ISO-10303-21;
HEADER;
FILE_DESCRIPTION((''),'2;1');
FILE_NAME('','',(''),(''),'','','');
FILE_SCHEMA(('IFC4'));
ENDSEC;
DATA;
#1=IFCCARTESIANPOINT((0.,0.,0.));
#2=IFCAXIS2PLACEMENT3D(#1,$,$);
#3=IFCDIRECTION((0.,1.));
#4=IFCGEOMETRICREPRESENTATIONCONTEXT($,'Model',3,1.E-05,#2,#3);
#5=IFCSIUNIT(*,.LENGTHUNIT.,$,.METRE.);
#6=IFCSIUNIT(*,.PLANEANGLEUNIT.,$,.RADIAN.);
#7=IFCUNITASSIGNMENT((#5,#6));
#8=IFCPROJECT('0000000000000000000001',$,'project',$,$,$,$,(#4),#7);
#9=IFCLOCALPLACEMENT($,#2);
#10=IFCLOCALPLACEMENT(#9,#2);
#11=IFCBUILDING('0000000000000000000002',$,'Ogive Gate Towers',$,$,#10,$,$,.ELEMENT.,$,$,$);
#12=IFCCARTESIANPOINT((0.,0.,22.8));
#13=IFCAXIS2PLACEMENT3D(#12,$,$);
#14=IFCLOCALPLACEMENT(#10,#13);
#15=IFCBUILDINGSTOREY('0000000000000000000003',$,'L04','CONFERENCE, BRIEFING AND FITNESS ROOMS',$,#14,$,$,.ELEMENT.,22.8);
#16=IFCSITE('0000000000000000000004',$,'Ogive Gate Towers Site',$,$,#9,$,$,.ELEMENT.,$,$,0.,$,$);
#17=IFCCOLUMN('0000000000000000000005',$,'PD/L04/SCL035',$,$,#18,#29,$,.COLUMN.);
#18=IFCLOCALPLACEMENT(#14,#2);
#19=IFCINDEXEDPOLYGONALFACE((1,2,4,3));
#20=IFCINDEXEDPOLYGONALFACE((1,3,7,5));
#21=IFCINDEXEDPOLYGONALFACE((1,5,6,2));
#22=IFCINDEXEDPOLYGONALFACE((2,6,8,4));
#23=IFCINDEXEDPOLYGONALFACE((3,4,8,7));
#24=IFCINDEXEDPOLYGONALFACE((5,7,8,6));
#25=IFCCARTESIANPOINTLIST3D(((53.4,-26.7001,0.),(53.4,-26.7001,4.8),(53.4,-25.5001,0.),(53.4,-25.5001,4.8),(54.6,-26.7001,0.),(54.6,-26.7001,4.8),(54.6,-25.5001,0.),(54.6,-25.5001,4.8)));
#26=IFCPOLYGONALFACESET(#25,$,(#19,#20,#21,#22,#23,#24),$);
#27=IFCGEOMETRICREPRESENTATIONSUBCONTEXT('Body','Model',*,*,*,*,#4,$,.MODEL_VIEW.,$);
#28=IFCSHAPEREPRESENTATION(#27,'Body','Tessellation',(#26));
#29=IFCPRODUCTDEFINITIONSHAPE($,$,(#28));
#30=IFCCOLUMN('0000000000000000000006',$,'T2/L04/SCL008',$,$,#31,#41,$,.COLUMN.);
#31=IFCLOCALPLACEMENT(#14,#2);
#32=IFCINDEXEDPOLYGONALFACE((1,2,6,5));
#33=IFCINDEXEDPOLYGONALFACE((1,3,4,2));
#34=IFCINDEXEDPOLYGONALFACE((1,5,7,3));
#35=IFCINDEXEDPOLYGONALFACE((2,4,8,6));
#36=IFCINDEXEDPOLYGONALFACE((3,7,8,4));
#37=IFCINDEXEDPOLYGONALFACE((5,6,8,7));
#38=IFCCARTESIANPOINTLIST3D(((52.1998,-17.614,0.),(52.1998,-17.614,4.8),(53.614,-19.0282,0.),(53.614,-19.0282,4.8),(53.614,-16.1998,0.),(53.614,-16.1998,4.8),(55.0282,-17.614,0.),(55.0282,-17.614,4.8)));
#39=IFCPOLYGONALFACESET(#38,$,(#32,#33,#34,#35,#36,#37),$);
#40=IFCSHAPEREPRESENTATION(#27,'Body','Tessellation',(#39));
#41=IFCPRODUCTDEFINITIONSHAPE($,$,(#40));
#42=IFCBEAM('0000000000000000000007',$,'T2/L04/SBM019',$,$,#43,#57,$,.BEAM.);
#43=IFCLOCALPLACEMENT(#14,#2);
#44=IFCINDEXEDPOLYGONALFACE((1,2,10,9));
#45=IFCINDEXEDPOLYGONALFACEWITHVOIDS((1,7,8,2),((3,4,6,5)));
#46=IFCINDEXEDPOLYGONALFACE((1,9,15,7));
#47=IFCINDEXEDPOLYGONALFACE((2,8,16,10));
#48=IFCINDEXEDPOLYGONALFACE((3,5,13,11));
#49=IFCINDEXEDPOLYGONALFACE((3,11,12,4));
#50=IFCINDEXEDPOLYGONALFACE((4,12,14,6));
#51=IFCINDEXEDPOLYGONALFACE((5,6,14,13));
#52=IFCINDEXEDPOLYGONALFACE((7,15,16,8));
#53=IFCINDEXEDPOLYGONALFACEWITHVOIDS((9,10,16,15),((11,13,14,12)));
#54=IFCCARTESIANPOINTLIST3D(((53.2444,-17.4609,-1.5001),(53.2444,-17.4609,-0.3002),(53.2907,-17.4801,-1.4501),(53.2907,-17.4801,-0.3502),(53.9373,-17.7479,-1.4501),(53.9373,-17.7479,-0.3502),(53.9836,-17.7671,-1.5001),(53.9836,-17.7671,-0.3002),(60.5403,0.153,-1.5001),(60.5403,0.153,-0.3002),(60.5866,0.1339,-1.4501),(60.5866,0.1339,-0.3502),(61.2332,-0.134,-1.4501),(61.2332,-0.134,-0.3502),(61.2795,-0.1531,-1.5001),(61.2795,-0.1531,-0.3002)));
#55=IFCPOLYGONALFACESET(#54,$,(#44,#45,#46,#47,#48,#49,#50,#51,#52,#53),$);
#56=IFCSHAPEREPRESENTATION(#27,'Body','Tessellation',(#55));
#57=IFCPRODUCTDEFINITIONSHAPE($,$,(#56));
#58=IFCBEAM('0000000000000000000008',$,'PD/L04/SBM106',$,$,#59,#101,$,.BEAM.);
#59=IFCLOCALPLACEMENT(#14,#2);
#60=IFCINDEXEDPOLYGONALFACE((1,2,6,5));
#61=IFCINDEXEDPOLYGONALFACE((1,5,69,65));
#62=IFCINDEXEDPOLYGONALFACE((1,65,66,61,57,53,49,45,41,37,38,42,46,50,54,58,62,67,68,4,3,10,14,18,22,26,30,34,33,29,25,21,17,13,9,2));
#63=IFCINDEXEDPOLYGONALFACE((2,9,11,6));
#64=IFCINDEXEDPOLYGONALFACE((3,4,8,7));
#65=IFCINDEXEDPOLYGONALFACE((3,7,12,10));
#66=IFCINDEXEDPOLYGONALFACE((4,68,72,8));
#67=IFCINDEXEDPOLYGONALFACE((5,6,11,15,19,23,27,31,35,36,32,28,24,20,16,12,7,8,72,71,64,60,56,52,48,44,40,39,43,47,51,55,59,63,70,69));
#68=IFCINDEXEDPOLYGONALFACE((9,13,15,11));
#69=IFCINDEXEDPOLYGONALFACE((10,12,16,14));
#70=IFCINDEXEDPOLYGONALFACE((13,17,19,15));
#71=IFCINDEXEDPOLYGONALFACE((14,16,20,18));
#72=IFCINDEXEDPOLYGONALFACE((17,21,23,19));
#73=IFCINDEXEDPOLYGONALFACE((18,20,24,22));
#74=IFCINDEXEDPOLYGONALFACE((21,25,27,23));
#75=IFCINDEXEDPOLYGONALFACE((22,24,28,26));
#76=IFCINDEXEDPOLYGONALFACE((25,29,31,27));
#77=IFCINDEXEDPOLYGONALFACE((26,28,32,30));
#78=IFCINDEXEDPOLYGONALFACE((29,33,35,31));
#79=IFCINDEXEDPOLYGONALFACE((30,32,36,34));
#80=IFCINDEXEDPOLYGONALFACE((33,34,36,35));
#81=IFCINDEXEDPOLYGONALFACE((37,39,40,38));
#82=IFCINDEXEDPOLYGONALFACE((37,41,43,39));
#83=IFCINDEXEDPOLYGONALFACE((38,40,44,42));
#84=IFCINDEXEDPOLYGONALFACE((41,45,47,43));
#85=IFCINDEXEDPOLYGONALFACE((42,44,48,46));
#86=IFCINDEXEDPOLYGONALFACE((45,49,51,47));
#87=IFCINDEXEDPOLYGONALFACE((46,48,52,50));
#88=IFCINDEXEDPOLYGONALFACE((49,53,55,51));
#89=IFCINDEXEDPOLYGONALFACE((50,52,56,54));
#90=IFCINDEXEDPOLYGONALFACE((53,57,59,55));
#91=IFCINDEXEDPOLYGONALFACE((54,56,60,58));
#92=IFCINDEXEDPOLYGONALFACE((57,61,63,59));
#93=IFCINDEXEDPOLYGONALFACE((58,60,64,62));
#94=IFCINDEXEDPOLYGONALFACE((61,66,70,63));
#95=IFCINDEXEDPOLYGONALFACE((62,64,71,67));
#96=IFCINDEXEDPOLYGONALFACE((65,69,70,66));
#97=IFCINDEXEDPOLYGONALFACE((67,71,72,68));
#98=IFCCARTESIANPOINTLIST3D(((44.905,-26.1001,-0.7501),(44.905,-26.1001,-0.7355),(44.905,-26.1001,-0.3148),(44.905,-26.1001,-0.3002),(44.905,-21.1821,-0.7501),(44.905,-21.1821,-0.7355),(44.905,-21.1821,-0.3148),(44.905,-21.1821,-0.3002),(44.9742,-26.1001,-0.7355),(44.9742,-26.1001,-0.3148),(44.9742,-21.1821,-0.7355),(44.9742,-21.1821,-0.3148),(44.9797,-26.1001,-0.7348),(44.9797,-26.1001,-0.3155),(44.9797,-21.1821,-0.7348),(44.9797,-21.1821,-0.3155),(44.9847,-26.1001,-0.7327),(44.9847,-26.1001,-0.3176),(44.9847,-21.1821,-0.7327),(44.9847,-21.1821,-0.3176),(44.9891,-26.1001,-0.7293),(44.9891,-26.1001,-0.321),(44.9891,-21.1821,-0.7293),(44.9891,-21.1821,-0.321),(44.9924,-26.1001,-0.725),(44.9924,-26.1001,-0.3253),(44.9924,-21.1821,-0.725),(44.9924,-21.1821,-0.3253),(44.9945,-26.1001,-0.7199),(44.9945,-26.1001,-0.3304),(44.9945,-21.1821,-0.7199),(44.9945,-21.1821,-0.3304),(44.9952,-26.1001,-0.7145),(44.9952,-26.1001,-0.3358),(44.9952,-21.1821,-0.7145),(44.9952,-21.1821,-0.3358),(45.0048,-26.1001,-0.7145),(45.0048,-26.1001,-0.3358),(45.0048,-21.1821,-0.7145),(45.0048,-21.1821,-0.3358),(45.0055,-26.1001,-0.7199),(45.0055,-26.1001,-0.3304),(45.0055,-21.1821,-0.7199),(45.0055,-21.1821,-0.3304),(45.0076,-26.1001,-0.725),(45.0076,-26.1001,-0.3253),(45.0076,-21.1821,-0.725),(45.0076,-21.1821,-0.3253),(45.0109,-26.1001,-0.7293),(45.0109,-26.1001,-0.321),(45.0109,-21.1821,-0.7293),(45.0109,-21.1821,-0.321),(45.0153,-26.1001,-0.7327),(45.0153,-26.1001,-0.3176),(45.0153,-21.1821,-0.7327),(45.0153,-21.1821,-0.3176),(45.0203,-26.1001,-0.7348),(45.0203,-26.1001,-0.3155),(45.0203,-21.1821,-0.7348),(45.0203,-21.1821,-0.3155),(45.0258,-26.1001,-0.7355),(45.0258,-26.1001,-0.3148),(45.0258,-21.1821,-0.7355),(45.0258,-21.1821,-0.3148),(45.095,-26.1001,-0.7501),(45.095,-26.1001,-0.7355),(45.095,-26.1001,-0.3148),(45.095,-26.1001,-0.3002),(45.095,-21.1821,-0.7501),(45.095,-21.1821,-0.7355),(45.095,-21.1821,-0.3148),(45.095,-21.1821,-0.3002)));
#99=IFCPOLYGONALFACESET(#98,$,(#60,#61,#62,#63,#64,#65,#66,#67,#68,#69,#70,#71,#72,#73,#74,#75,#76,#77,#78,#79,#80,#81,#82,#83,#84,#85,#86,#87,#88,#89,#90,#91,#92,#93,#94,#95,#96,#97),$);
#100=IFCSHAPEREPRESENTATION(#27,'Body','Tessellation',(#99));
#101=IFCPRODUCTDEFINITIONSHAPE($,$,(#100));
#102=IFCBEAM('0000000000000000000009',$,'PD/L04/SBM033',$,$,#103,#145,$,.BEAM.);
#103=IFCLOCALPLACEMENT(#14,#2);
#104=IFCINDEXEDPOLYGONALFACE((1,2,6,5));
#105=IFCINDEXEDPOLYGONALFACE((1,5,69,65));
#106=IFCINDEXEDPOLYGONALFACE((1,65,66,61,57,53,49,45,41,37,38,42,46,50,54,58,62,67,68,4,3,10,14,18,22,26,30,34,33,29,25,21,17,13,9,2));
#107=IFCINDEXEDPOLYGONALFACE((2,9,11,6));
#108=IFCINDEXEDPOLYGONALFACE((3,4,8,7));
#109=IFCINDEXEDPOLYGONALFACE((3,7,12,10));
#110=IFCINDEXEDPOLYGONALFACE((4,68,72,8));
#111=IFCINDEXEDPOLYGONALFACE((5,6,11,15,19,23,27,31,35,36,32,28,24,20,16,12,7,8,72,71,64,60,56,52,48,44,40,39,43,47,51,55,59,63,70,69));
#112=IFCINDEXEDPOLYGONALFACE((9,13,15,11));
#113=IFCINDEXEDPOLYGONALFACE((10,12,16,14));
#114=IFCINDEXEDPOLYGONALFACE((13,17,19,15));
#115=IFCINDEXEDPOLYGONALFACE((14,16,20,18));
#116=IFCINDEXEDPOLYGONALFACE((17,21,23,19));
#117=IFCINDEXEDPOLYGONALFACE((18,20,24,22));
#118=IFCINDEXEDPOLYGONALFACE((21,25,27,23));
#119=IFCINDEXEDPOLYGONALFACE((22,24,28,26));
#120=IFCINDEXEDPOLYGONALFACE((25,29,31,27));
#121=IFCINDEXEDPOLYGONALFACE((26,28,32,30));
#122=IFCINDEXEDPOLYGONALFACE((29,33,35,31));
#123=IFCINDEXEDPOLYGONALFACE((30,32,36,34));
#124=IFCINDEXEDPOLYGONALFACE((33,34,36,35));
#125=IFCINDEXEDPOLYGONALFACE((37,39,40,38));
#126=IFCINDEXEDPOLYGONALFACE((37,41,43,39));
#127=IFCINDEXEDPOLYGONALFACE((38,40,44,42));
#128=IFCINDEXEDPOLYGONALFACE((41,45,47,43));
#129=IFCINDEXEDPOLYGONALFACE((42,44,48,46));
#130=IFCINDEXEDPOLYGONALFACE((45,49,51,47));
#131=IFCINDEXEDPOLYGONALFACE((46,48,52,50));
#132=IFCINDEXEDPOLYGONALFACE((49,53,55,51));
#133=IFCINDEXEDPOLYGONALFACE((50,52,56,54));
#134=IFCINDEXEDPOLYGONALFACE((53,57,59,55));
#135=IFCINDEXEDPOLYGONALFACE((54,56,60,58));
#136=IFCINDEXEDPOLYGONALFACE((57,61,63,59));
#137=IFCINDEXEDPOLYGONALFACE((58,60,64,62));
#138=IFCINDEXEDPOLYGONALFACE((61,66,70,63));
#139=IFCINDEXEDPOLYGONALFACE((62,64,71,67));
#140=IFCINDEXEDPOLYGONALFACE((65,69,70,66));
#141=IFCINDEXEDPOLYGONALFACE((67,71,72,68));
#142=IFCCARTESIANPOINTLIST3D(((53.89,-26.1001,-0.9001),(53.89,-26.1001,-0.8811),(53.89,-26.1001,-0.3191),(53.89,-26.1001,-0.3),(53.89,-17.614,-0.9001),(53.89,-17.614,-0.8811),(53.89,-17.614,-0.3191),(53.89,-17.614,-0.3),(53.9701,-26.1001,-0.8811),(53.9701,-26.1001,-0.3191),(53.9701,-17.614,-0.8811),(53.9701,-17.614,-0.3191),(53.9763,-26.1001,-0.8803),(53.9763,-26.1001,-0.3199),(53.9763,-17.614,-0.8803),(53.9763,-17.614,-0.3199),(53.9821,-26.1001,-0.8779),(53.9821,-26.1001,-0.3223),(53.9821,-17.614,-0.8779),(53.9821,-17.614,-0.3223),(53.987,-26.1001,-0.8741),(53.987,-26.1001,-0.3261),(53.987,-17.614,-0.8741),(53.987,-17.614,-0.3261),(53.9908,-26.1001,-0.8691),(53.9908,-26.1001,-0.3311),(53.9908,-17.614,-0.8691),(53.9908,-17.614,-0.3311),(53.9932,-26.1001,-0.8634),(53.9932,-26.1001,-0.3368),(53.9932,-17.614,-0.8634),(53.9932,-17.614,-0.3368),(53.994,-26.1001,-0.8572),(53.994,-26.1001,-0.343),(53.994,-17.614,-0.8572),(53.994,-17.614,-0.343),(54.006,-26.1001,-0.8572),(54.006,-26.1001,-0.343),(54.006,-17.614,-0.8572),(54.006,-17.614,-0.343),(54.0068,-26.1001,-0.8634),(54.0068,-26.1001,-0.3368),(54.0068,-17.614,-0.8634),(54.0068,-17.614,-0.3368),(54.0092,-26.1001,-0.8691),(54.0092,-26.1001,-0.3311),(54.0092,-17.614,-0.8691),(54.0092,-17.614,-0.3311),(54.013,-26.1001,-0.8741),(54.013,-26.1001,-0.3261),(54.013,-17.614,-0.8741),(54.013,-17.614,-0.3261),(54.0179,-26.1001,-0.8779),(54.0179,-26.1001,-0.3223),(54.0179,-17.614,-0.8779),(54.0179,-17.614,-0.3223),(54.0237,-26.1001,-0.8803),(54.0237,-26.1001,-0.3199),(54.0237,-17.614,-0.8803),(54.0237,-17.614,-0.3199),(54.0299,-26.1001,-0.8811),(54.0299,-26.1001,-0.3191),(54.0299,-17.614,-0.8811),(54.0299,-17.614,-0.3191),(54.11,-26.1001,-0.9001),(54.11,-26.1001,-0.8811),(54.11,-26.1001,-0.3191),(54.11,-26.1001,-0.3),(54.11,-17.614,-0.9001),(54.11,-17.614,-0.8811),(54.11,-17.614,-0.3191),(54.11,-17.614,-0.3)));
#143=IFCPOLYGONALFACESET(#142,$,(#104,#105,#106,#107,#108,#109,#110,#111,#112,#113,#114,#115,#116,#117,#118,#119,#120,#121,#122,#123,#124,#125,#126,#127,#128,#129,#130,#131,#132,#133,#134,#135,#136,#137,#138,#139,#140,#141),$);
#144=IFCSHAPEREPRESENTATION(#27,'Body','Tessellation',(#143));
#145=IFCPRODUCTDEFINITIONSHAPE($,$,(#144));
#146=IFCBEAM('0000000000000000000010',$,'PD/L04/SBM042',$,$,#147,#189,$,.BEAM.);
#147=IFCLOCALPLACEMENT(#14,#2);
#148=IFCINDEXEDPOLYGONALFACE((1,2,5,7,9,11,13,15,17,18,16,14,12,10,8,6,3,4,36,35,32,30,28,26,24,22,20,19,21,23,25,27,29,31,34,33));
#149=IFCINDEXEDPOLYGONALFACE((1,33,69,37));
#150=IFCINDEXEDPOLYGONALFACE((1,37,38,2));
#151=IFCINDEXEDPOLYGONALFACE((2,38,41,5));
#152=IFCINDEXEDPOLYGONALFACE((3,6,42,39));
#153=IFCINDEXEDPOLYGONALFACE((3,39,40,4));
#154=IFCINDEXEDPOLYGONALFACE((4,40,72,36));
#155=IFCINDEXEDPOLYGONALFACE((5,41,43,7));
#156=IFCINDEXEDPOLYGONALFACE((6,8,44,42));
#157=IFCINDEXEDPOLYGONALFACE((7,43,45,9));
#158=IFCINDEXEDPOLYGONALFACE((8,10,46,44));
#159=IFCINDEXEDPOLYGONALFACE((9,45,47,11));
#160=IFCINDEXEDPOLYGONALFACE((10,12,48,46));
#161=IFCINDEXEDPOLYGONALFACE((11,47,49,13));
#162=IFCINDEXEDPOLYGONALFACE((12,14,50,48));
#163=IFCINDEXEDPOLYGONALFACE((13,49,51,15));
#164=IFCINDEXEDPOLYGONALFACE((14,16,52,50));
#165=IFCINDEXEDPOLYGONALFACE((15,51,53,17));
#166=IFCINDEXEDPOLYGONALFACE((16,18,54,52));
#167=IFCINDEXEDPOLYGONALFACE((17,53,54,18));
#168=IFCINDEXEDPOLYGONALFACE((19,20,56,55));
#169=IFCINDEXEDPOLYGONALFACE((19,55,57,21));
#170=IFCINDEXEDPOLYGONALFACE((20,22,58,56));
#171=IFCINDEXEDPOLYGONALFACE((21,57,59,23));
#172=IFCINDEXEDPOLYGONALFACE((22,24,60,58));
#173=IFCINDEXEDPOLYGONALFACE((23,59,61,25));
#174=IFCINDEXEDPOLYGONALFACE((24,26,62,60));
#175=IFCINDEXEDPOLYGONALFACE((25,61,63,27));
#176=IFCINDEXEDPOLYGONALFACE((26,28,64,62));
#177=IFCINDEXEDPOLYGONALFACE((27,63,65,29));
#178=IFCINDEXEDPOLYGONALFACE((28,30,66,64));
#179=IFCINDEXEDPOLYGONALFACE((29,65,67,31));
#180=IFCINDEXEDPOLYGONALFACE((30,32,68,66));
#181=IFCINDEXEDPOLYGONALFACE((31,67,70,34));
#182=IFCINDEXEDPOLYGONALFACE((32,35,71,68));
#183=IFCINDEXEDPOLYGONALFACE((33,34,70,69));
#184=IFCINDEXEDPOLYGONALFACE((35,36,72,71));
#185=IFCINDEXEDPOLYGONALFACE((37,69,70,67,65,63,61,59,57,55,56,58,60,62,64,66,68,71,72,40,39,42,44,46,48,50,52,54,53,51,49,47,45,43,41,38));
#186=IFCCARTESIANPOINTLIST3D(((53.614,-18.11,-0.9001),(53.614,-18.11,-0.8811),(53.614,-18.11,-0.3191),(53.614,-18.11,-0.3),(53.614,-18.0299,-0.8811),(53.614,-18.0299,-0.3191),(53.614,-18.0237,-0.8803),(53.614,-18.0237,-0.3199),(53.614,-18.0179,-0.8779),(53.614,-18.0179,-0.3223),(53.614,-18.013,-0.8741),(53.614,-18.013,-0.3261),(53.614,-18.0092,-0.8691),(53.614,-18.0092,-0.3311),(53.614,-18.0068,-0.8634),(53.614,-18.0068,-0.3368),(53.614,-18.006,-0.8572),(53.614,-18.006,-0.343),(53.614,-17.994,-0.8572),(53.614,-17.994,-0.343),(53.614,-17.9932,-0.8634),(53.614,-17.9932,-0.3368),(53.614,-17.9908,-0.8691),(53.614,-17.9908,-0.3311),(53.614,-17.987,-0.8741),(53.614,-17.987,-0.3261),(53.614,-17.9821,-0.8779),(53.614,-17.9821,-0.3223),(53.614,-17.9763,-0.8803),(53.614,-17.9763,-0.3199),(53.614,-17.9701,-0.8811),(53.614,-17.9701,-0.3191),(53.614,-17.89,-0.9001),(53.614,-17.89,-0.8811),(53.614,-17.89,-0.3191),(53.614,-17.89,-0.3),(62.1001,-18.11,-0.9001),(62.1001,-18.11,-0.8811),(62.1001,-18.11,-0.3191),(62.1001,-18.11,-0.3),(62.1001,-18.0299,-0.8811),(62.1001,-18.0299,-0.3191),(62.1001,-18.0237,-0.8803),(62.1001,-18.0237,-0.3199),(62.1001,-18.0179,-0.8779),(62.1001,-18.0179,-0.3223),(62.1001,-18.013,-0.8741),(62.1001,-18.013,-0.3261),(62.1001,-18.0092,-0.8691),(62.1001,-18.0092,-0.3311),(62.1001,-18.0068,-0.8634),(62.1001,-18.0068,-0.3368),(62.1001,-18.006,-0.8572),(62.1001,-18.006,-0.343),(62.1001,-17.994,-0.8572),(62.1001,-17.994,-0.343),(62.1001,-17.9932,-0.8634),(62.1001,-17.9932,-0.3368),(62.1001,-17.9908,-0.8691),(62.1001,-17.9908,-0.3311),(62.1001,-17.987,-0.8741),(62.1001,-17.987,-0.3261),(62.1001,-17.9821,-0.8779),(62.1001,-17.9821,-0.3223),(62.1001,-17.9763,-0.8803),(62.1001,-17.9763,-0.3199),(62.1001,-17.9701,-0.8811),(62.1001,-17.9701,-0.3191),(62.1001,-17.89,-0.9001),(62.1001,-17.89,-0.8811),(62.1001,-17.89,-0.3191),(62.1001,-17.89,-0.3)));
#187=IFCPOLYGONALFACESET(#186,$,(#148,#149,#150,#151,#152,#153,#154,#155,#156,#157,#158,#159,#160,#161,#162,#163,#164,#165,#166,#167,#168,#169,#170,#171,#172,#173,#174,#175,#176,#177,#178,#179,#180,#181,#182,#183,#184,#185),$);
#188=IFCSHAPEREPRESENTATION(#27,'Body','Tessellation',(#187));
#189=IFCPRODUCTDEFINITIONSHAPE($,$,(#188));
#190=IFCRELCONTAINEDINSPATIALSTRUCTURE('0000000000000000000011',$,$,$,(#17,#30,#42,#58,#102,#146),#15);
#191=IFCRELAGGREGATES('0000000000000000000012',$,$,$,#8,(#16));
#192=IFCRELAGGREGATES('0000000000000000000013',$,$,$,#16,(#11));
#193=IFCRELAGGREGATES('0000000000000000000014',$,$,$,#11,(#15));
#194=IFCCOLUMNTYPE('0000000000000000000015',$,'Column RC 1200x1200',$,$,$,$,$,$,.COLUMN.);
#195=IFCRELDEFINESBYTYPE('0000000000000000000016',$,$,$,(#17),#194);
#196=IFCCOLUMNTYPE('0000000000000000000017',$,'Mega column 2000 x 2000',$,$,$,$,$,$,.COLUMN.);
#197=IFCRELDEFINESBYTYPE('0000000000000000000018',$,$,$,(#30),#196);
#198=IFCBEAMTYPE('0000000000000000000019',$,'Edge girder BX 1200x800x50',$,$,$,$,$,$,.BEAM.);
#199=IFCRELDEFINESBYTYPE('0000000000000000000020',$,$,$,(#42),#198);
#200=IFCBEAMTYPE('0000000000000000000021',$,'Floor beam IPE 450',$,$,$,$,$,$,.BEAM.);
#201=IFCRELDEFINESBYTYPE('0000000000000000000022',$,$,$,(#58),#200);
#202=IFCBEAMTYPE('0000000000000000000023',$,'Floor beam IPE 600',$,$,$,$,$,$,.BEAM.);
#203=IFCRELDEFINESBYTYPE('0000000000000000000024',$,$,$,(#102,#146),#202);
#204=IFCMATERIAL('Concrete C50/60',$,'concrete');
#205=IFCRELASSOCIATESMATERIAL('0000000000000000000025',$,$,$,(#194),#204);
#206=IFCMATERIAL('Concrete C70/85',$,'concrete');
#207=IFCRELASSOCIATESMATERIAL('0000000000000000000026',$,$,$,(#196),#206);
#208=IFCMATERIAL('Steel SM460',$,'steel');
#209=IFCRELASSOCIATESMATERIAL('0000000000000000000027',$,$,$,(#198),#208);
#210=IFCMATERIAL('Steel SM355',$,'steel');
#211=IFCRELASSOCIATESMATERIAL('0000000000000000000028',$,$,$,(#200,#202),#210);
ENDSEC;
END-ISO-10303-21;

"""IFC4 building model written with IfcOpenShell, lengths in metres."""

from ifc_helpers import new_model, si_unit, direction, frame, origin, origin_2d, place, context, subcontext, project, spatial, rectangle, hollow_rectangle, i_section, extrude, material, material_profile, profile_set, type_object, element, save


model = new_model("IFC4")

# Units and contexts
model_context = context("Model", 3, precision=1e-05, world=origin(), true_north=direction((0.0, 1.0)))
body_context = subcontext(model_context, "Body", "Model", "MODEL_VIEW")
ifc_project = project(units=[si_unit("LENGTHUNIT", "METRE"), si_unit("PLANEANGLEUNIT", "RADIAN")], contexts=[model_context])

# Site, building, storey
site_placement = place(None, origin())
site = spatial("IfcSite", under=ifc_project, at=site_placement, Name="Ogive Gate Towers Site", CompositionType="ELEMENT", RefElevation=0.0)
building_placement = place(site_placement, origin())
building = spatial("IfcBuilding", under=site, at=building_placement, Name="Ogive Gate Towers", CompositionType="ELEMENT")
storey_placement = place(building_placement, frame((0.0, 0.0, 22.8)))
storey = spatial("IfcBuildingStorey", under=building, at=storey_placement, Name="L04", Description="CONFERENCE, BRIEFING AND FITNESS ROOMS", CompositionType="ELEMENT", Elevation=22.8)

# Columns
ifc_material_1 = material(Name="Concrete C50/60", Category="concrete")
ifc_material_profile_1 = material_profile(ifc_material_1, rectangle(XDim=1.2, YDim=1.2, at=origin_2d()), Name="RC 1200x1200")
ifc_profile_set_1 = profile_set([ifc_material_profile_1], Name="Concrete C50/60")
column_type_1 = type_object("IfcColumnType", Name="Column RC 1200x1200", PredefinedType="COLUMN", material=ifc_profile_set_1)
column_1_placement = place(storey_placement, frame((54.0, -26.1001, 0.0), z_axis=(0.0, 0.0, 1.0), x_axis=(1.0, 0.0, 0.0)))
element("IfcColumn", 1, at=column_1_placement, inside=storey, type_object=column_type_1, Name="PD/L04/SCL035", PredefinedType="COLUMN", context=body_context, shape_type="SweptSolid", body=[
    extrude(rectangle(XDim=1.2, YDim=1.2, at=origin_2d()), origin(), (0.0, 0.0, 1.0), 4.8),
])
ifc_material_2 = material(Name="Concrete C70/85", Category="concrete")
ifc_material_profile_2 = material_profile(ifc_material_2, rectangle(XDim=2.0, YDim=2.0, at=origin_2d()), Name="RC 2000x2000")
ifc_profile_set_2 = profile_set([ifc_material_profile_2], Name="Concrete C70/85")
column_type_2 = type_object("IfcColumnType", Name="Mega column 2000 x 2000", PredefinedType="COLUMN", material=ifc_profile_set_2)
column_2_placement = place(storey_placement, frame((53.614, -17.614, 0.0), z_axis=(0.0, 0.0, 1.0), x_axis=(0.707107, -0.707107, 0.0)))
element("IfcColumn", 2, at=column_2_placement, inside=storey, type_object=column_type_2, Name="T2/L04/SCL008", PredefinedType="COLUMN", context=body_context, shape_type="SweptSolid", body=[
    extrude(rectangle(XDim=2.0, YDim=2.0, at=origin_2d()), origin(), (0.0, 0.0, 1.0), 4.8),
])

# Beams
ifc_material_3 = material(Name="Steel SM460", Category="steel")
ifc_material_profile_3 = material_profile(ifc_material_3, hollow_rectangle(XDim=0.8, YDim=1.2, WallThickness=0.05, at=origin_2d()), Name="BX 1200x800x50")
ifc_profile_set_3 = profile_set([ifc_material_profile_3], Name="Steel SM460")
beam_type_1 = type_object("IfcBeamType", Name="Edge girder BX 1200x800x50", PredefinedType="BEAM", material=ifc_profile_set_3)
beam_1_placement = place(storey_placement, frame((53.614, -17.614, -0.9001), z_axis=(0.382681, 0.923881, 0.0), x_axis=(-0.923881, 0.382681, 0.0)))
element("IfcBeam", 3, at=beam_1_placement, inside=storey, type_object=beam_type_1, Name="T2/L04/SBM019", PredefinedType="BEAM", context=body_context, shape_type="SweptSolid", body=[
    extrude(hollow_rectangle(XDim=0.8, YDim=1.2, WallThickness=0.05, at=origin_2d()), origin(), (0.0, 0.0, 1.0), 19.0652),
])
ifc_material_4 = material(Name="Steel SM355", Category="steel")
ifc_material_profile_4 = material_profile(ifc_material_4, i_section(OverallWidth=0.1899, OverallDepth=0.45, WebThickness=0.0095, FlangeThickness=0.0146, FilletRadius=0.021, at=origin_2d()), Name="IPE 450")
ifc_profile_set_4 = profile_set([ifc_material_profile_4], Name="Steel SM355")
beam_type_2 = type_object("IfcBeamType", Name="Floor beam IPE 450", PredefinedType="BEAM", material=ifc_profile_set_4)
beam_2_placement = place(storey_placement, frame((45.0, -26.1001, -0.5251), z_axis=(0.0, 1.0, 0.0), x_axis=(-1.0, 0.0, 0.0)))
element("IfcBeam", 4, at=beam_2_placement, inside=storey, type_object=beam_type_2, Name="PD/L04/SBM106", PredefinedType="BEAM", context=body_context, shape_type="SweptSolid", body=[
    extrude(i_section(OverallWidth=0.1899, OverallDepth=0.45, WebThickness=0.0095, FlangeThickness=0.0146, FilletRadius=0.021, at=origin_2d()), origin(), (0.0, 0.0, 1.0), 4.918),
])
ifc_material_profile_5 = material_profile(ifc_material_4, i_section(OverallWidth=0.22, OverallDepth=0.6001, WebThickness=0.012, FlangeThickness=0.019, FilletRadius=0.0239, at=origin_2d()), Name="IPE 600")
ifc_profile_set_5 = profile_set([ifc_material_profile_5], Name="Steel SM355")
beam_type_3 = type_object("IfcBeamType", Name="Floor beam IPE 600", PredefinedType="BEAM", material=ifc_profile_set_5)
for number, where, z_axis, x_axis, name in (
    (5, (54.0, -26.1001, -0.6001), (0.0, 1.0, 0.0), (-1.0, 0.0, 0.0), "PD/L04/SBM033"),
    (6, (53.614, -18.0, -0.6001), (1.0, 0.0, 0.0), (0.0, 1.0, 0.0), "PD/L04/SBM042"),
):
    element("IfcBeam", number, at=place(storey_placement, frame(where, z_axis=z_axis, x_axis=x_axis)), inside=storey, type_object=beam_type_3, Name=name, PredefinedType="BEAM", context=body_context, shape_type="SweptSolid", body=[
        extrude(i_section(OverallWidth=0.22, OverallDepth=0.6001, WebThickness=0.012, FlangeThickness=0.019, FilletRadius=0.0239, at=origin_2d()), origin(), (0.0, 0.0, 1.0), 8.4861),
    ])

save(model, "model.ifc")
